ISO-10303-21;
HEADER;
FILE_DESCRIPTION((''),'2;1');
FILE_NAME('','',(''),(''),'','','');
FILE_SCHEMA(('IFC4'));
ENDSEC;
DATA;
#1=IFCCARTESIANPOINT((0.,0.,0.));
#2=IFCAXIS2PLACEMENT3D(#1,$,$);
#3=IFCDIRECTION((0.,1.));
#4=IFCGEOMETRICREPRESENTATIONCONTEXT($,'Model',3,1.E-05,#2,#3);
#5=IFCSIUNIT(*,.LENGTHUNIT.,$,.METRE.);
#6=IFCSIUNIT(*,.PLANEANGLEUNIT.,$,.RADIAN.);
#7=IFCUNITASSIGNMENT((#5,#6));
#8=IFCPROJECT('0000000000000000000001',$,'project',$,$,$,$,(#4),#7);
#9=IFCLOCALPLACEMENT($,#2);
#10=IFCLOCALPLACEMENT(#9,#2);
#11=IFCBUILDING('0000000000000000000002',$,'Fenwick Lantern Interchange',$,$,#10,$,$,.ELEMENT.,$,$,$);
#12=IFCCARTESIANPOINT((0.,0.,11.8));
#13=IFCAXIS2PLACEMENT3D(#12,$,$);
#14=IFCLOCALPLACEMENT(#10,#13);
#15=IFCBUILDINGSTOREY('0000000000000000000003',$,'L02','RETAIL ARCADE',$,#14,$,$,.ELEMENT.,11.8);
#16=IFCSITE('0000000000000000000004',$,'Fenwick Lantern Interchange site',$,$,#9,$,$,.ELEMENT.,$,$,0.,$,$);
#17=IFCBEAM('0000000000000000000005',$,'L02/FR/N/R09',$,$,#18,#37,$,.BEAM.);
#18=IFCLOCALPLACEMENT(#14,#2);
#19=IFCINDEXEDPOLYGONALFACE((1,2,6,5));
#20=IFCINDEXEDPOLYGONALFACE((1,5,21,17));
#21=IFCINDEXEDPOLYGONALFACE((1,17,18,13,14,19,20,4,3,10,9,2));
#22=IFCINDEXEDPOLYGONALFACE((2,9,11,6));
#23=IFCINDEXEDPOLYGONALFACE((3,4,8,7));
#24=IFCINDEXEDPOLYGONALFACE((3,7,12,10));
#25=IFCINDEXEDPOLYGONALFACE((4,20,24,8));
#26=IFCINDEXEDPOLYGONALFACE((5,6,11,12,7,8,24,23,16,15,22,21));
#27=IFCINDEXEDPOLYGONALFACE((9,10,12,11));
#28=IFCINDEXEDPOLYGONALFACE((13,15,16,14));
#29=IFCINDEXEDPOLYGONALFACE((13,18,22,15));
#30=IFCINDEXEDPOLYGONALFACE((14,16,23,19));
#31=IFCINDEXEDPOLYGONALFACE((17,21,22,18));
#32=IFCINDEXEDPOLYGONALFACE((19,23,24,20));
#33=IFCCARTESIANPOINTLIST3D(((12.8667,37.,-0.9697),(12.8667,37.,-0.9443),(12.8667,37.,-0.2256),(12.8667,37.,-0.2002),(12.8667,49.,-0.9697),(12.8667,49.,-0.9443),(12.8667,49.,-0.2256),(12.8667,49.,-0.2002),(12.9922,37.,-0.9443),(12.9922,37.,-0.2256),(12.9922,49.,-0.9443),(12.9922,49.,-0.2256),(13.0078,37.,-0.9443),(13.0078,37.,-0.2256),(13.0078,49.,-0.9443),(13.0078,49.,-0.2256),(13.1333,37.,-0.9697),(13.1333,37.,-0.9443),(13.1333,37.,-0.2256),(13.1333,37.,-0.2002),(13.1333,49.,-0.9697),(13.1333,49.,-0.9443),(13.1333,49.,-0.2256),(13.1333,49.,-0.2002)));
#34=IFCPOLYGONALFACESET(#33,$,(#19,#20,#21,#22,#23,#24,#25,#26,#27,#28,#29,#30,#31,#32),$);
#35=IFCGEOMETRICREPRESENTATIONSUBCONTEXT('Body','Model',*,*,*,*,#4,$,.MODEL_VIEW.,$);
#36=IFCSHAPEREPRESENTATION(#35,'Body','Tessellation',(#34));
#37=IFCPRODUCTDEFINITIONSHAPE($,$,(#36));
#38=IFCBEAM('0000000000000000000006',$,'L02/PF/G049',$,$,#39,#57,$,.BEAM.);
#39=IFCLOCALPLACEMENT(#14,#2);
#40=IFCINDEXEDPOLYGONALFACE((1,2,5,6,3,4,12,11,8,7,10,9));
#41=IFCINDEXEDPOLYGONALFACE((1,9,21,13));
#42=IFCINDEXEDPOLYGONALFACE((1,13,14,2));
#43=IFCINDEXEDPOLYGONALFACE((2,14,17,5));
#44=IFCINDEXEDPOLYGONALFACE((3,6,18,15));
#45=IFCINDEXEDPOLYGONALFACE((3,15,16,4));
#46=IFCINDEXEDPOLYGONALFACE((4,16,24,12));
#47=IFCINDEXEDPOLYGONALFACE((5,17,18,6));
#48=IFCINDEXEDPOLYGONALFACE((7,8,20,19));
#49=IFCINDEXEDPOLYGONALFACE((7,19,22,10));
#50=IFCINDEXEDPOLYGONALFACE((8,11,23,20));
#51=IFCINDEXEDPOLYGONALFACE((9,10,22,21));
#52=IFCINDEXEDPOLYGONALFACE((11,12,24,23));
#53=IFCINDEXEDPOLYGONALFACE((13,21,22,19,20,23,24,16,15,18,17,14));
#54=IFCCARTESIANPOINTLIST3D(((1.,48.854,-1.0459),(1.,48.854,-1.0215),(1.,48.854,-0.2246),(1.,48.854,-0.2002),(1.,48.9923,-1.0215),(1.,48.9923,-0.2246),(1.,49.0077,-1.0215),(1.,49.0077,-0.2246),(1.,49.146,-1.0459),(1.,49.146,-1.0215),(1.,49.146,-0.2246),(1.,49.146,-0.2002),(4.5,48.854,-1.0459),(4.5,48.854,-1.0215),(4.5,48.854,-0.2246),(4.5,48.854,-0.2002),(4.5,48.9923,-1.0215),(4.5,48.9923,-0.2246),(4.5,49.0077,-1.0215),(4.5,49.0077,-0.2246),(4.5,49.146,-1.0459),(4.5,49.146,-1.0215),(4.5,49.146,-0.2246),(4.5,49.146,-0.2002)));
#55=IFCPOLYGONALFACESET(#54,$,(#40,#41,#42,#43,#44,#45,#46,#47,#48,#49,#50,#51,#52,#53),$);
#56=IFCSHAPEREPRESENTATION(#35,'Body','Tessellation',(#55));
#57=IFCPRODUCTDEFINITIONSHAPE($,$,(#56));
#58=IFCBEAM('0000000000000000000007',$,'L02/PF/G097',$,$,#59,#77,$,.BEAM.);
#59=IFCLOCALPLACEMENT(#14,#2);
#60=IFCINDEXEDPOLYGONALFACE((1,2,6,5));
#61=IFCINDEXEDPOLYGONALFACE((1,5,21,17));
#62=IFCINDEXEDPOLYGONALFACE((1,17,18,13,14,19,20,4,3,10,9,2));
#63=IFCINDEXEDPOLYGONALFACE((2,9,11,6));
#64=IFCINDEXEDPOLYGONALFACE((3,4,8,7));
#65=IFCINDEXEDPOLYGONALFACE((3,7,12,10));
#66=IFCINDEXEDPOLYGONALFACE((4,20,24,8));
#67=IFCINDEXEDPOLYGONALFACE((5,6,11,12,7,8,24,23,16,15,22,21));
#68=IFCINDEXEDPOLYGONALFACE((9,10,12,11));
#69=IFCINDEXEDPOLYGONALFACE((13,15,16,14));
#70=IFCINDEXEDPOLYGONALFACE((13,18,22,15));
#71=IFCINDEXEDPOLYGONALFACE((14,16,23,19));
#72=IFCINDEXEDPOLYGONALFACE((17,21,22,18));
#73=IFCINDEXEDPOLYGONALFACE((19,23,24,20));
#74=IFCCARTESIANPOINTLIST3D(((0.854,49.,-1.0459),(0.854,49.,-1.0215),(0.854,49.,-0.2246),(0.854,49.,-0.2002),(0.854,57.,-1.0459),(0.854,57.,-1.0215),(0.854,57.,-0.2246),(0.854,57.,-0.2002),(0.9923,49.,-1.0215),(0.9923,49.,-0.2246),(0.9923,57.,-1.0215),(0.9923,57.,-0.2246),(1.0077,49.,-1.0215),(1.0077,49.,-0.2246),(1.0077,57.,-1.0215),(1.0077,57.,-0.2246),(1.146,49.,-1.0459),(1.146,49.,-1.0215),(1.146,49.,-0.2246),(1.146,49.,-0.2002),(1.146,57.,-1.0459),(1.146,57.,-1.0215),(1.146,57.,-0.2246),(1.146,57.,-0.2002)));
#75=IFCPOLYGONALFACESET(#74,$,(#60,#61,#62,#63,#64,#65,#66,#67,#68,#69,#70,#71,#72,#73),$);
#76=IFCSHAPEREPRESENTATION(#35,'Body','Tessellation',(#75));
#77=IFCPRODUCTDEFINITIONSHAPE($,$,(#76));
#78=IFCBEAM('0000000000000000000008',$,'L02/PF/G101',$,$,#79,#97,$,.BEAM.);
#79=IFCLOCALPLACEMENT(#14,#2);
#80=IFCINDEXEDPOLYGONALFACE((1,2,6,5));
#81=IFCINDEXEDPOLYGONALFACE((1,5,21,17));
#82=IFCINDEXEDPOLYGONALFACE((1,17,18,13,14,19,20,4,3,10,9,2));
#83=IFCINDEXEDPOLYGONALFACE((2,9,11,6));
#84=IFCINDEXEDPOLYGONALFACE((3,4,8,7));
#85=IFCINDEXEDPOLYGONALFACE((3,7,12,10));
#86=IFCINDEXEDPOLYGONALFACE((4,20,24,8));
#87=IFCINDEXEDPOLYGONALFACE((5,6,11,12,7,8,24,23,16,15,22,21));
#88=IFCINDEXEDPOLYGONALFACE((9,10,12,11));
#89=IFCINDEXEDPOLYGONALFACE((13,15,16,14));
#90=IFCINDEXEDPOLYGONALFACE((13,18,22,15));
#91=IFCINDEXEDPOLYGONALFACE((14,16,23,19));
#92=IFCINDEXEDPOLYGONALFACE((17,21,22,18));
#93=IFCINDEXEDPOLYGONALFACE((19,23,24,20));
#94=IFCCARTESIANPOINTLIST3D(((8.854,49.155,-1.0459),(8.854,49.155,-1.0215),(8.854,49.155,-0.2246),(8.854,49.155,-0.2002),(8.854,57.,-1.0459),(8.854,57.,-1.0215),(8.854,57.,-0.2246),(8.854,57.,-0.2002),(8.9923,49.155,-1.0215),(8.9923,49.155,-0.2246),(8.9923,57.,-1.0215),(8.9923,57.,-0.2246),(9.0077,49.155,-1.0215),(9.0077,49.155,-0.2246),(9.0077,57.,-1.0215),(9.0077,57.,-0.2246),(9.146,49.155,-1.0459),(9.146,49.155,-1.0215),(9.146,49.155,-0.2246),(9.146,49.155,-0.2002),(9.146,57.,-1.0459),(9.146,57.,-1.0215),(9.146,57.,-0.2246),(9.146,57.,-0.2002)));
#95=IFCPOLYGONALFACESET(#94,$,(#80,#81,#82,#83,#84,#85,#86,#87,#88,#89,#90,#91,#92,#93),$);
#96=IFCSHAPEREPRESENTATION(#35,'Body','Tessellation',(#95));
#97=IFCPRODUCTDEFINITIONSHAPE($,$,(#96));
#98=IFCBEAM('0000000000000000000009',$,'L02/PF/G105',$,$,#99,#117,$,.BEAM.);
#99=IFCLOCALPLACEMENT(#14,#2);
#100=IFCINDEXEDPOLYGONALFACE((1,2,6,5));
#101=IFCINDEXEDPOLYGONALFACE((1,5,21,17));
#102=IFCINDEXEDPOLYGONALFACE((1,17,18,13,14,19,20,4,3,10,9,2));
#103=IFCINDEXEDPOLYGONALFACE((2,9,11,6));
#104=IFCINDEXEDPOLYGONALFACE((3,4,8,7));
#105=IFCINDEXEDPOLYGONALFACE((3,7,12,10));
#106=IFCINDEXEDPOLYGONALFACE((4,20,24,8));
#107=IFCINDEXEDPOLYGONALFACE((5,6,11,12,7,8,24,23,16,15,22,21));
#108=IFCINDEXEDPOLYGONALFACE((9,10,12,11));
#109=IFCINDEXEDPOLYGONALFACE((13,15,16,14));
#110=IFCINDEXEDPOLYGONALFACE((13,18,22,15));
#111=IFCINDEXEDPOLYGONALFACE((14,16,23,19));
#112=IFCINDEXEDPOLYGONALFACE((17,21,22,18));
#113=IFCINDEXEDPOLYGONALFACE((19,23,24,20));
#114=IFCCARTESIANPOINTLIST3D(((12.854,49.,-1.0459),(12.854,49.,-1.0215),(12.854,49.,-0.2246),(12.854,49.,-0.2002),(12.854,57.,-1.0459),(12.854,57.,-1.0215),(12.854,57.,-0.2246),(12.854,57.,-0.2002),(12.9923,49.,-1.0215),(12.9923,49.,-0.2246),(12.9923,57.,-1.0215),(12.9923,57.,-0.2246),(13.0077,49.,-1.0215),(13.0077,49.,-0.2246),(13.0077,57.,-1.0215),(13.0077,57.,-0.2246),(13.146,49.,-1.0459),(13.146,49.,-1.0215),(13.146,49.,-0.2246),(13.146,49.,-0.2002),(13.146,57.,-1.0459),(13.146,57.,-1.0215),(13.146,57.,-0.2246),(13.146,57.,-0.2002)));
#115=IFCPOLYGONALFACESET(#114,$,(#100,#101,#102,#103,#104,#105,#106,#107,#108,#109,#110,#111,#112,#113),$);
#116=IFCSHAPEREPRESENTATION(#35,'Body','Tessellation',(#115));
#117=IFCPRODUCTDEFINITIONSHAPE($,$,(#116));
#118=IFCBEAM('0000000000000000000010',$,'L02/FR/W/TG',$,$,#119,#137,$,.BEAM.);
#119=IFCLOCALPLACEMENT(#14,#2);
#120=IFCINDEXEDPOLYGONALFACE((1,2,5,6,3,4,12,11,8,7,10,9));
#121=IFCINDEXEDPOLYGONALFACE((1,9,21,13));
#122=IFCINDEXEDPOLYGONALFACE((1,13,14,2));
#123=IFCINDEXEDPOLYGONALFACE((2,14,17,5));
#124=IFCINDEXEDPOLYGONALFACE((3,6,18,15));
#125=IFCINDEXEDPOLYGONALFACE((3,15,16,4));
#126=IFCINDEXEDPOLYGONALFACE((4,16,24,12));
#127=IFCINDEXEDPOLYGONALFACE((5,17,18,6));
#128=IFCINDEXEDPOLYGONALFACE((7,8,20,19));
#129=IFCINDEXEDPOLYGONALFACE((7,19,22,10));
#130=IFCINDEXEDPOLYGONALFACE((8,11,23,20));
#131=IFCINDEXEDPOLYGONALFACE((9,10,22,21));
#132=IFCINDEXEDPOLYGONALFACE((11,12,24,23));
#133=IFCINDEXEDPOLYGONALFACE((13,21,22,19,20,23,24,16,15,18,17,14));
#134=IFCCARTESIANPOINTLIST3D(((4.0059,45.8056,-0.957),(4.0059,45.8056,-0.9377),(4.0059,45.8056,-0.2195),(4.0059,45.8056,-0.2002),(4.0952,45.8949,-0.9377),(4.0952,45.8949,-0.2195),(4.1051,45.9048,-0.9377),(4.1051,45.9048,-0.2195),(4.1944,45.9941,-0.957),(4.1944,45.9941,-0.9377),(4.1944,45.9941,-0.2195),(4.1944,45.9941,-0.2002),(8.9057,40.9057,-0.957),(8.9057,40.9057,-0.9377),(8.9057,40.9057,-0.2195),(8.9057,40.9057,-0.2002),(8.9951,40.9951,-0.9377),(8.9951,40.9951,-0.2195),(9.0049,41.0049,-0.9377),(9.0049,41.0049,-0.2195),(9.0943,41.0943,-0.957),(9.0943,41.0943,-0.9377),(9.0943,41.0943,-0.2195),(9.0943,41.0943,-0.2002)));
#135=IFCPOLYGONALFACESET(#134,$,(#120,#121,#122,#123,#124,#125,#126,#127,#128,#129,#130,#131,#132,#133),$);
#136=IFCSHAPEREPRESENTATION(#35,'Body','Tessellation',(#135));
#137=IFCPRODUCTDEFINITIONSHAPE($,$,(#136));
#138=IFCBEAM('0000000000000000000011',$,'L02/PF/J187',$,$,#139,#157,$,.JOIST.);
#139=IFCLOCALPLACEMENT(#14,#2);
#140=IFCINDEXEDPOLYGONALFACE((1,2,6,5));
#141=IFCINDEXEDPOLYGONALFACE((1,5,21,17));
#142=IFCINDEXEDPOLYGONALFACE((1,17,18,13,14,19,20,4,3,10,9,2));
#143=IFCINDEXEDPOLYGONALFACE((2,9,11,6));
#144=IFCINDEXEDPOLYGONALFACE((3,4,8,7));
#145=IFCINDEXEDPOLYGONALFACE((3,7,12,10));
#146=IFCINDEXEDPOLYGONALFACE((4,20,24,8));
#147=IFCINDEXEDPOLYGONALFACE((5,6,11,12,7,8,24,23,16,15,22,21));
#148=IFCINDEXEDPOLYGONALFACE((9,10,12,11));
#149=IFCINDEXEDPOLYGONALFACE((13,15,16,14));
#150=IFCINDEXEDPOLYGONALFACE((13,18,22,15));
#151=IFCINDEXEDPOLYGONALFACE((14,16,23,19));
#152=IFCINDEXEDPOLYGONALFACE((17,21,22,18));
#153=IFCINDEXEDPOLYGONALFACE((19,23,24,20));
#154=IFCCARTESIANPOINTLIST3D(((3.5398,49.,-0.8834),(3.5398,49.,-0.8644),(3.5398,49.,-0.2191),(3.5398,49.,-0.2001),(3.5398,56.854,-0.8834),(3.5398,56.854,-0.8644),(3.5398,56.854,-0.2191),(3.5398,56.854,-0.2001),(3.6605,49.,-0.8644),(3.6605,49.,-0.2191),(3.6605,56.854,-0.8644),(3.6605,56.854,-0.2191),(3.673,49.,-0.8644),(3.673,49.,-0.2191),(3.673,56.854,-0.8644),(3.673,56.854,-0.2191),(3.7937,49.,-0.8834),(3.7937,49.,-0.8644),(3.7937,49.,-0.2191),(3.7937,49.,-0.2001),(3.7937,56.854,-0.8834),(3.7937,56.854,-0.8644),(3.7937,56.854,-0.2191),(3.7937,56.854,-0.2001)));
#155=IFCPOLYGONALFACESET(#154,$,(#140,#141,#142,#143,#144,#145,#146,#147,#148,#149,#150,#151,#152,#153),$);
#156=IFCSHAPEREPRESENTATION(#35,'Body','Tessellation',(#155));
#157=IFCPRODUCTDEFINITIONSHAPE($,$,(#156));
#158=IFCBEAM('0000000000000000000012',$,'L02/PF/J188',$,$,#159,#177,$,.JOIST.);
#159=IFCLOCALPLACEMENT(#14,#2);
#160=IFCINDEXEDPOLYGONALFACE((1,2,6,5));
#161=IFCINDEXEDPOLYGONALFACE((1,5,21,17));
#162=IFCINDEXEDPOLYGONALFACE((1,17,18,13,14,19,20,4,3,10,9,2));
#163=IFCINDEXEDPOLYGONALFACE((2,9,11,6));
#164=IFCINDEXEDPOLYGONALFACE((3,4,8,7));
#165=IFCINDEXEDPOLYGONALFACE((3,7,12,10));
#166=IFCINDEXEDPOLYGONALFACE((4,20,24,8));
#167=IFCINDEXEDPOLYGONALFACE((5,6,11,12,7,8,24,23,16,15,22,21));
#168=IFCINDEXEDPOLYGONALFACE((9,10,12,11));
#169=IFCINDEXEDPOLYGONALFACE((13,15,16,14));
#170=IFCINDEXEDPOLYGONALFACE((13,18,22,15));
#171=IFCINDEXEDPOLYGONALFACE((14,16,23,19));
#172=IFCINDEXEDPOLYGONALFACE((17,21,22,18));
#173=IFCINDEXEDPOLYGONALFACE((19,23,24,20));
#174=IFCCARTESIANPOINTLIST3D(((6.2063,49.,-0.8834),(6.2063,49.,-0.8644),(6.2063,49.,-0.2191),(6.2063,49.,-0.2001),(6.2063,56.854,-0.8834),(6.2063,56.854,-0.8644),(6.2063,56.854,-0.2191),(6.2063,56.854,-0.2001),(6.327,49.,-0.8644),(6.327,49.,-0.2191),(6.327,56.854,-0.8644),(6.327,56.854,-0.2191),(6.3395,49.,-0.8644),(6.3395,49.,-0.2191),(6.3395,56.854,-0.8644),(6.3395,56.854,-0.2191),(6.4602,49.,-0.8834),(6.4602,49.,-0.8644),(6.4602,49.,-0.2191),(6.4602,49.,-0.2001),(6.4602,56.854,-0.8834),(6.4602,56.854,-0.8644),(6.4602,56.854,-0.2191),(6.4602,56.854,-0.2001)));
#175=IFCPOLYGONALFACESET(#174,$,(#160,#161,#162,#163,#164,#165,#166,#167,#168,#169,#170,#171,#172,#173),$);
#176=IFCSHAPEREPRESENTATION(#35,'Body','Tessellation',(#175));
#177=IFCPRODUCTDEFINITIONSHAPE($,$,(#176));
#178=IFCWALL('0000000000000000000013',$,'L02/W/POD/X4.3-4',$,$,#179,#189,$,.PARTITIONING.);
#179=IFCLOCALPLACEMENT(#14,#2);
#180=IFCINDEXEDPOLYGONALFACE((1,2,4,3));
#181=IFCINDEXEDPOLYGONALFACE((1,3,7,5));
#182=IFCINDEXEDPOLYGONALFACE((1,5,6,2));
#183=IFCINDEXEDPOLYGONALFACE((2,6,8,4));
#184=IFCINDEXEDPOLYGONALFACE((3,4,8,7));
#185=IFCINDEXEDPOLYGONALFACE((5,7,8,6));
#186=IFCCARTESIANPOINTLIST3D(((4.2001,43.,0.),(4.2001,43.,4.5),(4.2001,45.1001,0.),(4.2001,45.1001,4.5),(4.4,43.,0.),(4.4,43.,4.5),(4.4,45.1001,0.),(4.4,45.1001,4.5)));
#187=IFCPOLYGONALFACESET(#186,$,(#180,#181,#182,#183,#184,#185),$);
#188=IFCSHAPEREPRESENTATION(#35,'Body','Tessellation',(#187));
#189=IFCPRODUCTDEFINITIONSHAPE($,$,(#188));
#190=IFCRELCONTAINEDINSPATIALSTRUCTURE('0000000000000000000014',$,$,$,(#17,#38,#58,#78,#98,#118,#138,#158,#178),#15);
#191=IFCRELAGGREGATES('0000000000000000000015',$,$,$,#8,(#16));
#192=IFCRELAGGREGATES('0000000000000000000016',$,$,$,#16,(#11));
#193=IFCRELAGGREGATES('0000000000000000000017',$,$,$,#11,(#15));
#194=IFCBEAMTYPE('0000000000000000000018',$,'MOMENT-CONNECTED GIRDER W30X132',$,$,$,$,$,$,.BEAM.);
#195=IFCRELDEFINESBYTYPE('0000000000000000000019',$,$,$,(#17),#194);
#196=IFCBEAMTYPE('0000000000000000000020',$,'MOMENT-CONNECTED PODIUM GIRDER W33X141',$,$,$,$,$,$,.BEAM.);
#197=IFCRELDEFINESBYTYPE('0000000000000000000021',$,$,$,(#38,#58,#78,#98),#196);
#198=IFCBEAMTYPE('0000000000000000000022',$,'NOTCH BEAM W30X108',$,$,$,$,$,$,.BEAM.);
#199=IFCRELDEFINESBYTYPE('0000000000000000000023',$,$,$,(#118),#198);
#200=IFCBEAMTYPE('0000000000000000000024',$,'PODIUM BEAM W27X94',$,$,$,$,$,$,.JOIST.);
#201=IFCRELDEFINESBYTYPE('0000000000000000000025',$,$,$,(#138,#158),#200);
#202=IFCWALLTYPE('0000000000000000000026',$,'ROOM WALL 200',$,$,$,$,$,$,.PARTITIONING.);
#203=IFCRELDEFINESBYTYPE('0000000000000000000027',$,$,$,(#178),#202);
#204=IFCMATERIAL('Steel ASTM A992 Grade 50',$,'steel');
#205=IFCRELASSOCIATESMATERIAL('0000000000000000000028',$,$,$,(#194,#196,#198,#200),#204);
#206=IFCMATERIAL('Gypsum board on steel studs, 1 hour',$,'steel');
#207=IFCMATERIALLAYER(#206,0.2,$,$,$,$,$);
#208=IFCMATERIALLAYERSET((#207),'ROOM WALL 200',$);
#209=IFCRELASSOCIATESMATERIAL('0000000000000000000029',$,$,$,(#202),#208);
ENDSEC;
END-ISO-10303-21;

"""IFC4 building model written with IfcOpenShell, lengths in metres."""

from ifc_helpers import new_model, si_unit, direction, frame, frame_2d, origin, origin_2d, place, context, subcontext, project, spatial, rectangle, i_section, extrude, material, layer, layer_set, material_profile, profile_set, type_object, element, save


model = new_model("IFC4")

# Units and contexts
model_context = context("Model", 3, precision=1e-05, world=origin(), true_north=direction((0.0, 1.0)))
body_context = subcontext(model_context, "Body", "Model", "MODEL_VIEW")
ifc_project = project(units=[si_unit("LENGTHUNIT", "METRE"), si_unit("PLANEANGLEUNIT", "RADIAN")], contexts=[model_context])

# Site, building, storey
site_placement = place(None, origin())
site = spatial("IfcSite", under=ifc_project, at=site_placement, Name="Fenwick Lantern Interchange site", CompositionType="ELEMENT", RefElevation=0.0)
building_placement = place(site_placement, origin())
building = spatial("IfcBuilding", under=site, at=building_placement, Name="Fenwick Lantern Interchange", CompositionType="ELEMENT")
storey_placement = place(building_placement, frame((0.0, 0.0, 11.8)))
storey = spatial("IfcBuildingStorey", under=building, at=storey_placement, Name="L02", Description="RETAIL ARCADE", CompositionType="ELEMENT", Elevation=11.8)

# Beams
ifc_material_1 = material(Name="Steel ASTM A992 Grade 50", Category="steel")
ifc_material_profile_1 = material_profile(ifc_material_1, i_section(OverallWidth=0.2666, OverallDepth=0.7695, WebThickness=0.0156, FlangeThickness=0.0254, at=origin_2d()), Name="W30X132")
ifc_profile_set_1 = profile_set([ifc_material_profile_1], Name="Steel ASTM A992 Grade 50")
beam_type_1 = type_object("IfcBeamType", Name="MOMENT-CONNECTED GIRDER W30X132", PredefinedType="BEAM", material=ifc_profile_set_1)
beam_1_placement = place(storey_placement, frame((13.0, 49.0, -0.585), z_axis=(0.0, -1.0, 0.0), x_axis=(1.0, 0.0, 0.0)))
element("IfcBeam", 1, at=beam_1_placement, inside=storey, type_object=beam_type_1, Name="L02/FR/N/R09", PredefinedType="BEAM", context=body_context, shape_type="SweptSolid", body=[
    extrude(i_section(OverallWidth=0.2666, OverallDepth=0.7695, WebThickness=0.0156, FlangeThickness=0.0254, at=origin_2d()), origin(), (0.0, 0.0, 1.0), 12.0),
])
ifc_material_profile_2 = material_profile(ifc_material_1, i_section(OverallWidth=0.292, OverallDepth=0.8457, WebThickness=0.0154, FlangeThickness=0.0244, at=origin_2d()), Name="W33X141")
ifc_profile_set_2 = profile_set([ifc_material_profile_2], Name="Steel ASTM A992 Grade 50")
beam_type_2 = type_object("IfcBeamType", Name="MOMENT-CONNECTED PODIUM GIRDER W33X141", PredefinedType="BEAM", material=ifc_profile_set_2)
beam_2_placement = place(storey_placement, frame((1.0, 49.0, -0.623), z_axis=(1.0, 0.0, 0.0), x_axis=(0.0, 1.0, 0.0)))
element("IfcBeam", 2, at=beam_2_placement, inside=storey, type_object=beam_type_2, Name="L02/PF/G049", PredefinedType="BEAM", context=body_context, shape_type="SweptSolid", body=[
    extrude(i_section(OverallWidth=0.292, OverallDepth=0.8457, WebThickness=0.0154, FlangeThickness=0.0244, at=origin_2d()), origin(), (0.0, 0.0, 1.0), 3.5),
])
beam_3_placement = place(storey_placement, frame((1.0, 49.0, -0.623), z_axis=(0.0, 1.0, 0.0), x_axis=(-1.0, 0.0, 0.0)))
element("IfcBeam", 3, at=beam_3_placement, inside=storey, type_object=beam_type_2, Name="L02/PF/G097", PredefinedType="BEAM", context=body_context, shape_type="SweptSolid", body=[
    extrude(i_section(OverallWidth=0.292, OverallDepth=0.8457, WebThickness=0.0154, FlangeThickness=0.0244, at=origin_2d()), origin(), (0.0, 0.0, 1.0), 8.0),
])
beam_4_placement = place(storey_placement, frame((9.0, 49.155, -0.623), z_axis=(0.0, 1.0, 0.0), x_axis=(-1.0, 0.0, 0.0)))
element("IfcBeam", 4, at=beam_4_placement, inside=storey, type_object=beam_type_2, Name="L02/PF/G101", PredefinedType="BEAM", context=body_context, shape_type="SweptSolid", body=[
    extrude(i_section(OverallWidth=0.292, OverallDepth=0.8457, WebThickness=0.0154, FlangeThickness=0.0244, at=origin_2d()), origin(), (0.0, 0.0, 1.0), 7.845),
])
beam_5_placement = place(storey_placement, frame((13.0, 49.0, -0.623), z_axis=(0.0, 1.0, 0.0), x_axis=(-1.0, 0.0, 0.0)))
element("IfcBeam", 5, at=beam_5_placement, inside=storey, type_object=beam_type_2, Name="L02/PF/G105", PredefinedType="BEAM", context=body_context, shape_type="SweptSolid", body=[
    extrude(i_section(OverallWidth=0.292, OverallDepth=0.8457, WebThickness=0.0154, FlangeThickness=0.0244, at=origin_2d()), origin(), (0.0, 0.0, 1.0), 8.0),
])
ifc_material_profile_3 = material_profile(ifc_material_1, i_section(OverallWidth=0.2666, OverallDepth=0.7568, WebThickness=0.0139, FlangeThickness=0.0193, at=origin_2d()), Name="W30X108")
ifc_profile_set_3 = profile_set([ifc_material_profile_3], Name="Steel ASTM A992 Grade 50")
beam_type_3 = type_object("IfcBeamType", Name="NOTCH BEAM W30X108", PredefinedType="BEAM", material=ifc_profile_set_3)
beam_6_placement = place(storey_placement, frame((9.0, 41.0, -0.5786), z_axis=(-0.707107, 0.707107, 0.0), x_axis=(-0.707107, -0.707107, 0.0)))
element("IfcBeam", 6, at=beam_6_placement, inside=storey, type_object=beam_type_3, Name="L02/FR/W/TG", PredefinedType="BEAM", context=body_context, shape_type="SweptSolid", body=[
    extrude(i_section(OverallWidth=0.2666, OverallDepth=0.7568, WebThickness=0.0139, FlangeThickness=0.0193, at=origin_2d()), origin(), (0.0, 0.0, 1.0), 6.9294),
])
ifc_material_profile_4 = material_profile(ifc_material_1, i_section(OverallWidth=0.2539, OverallDepth=0.6833, WebThickness=0.0125, FlangeThickness=0.019, at=origin_2d()), Name="W27X94")
ifc_profile_set_4 = profile_set([ifc_material_profile_4], Name="Steel ASTM A992 Grade 50")
beam_type_4 = type_object("IfcBeamType", Name="PODIUM BEAM W27X94", PredefinedType="JOIST", material=ifc_profile_set_4)
for number, where, z_axis, x_axis, name in (
    (7, (3.6667, 49.0, -0.5417), (0.0, 1.0, 0.0), (-1.0, 0.0, 0.0), "L02/PF/J187"),
    (8, (6.3333, 49.0, -0.5417), (0.0, 1.0, 0.0), (-1.0, 0.0, 0.0), "L02/PF/J188"),
):
    element("IfcBeam", number, at=place(storey_placement, frame(where, z_axis=z_axis, x_axis=x_axis)), inside=storey, type_object=beam_type_4, Name=name, PredefinedType="JOIST", context=body_context, shape_type="SweptSolid", body=[
        extrude(i_section(OverallWidth=0.2539, OverallDepth=0.6833, WebThickness=0.0125, FlangeThickness=0.019, at=origin_2d()), origin(), (0.0, 0.0, 1.0), 7.854),
    ])

# Wall
ifc_material_2 = material(Name="Gypsum board on steel studs, 1 hour", Category="steel")
ifc_layer = layer(ifc_material_2, 0.2)
ifc_layer_set = layer_set([ifc_layer], Name="ROOM WALL 200")
wall_type = type_object("IfcWallType", Name="ROOM WALL 200", PredefinedType="PARTITIONING", material=ifc_layer_set)
wall_1_placement = place(storey_placement, frame((4.3, 43.0, 0.0), z_axis=(0.0, 0.0, 1.0), x_axis=(0.0, 1.0, 0.0)))
element("IfcWall", 9, at=wall_1_placement, inside=storey, type_object=wall_type, Name="L02/W/POD/X4.3-4", PredefinedType="PARTITIONING", context=body_context, shape_type="SweptSolid", body=[
    extrude(rectangle(XDim=2.1001, YDim=0.2, at=frame_2d((1.05, 0.0))), origin(), (0.0, 0.0, 1.0), 4.5),
])

save(model, "model.ifc")
